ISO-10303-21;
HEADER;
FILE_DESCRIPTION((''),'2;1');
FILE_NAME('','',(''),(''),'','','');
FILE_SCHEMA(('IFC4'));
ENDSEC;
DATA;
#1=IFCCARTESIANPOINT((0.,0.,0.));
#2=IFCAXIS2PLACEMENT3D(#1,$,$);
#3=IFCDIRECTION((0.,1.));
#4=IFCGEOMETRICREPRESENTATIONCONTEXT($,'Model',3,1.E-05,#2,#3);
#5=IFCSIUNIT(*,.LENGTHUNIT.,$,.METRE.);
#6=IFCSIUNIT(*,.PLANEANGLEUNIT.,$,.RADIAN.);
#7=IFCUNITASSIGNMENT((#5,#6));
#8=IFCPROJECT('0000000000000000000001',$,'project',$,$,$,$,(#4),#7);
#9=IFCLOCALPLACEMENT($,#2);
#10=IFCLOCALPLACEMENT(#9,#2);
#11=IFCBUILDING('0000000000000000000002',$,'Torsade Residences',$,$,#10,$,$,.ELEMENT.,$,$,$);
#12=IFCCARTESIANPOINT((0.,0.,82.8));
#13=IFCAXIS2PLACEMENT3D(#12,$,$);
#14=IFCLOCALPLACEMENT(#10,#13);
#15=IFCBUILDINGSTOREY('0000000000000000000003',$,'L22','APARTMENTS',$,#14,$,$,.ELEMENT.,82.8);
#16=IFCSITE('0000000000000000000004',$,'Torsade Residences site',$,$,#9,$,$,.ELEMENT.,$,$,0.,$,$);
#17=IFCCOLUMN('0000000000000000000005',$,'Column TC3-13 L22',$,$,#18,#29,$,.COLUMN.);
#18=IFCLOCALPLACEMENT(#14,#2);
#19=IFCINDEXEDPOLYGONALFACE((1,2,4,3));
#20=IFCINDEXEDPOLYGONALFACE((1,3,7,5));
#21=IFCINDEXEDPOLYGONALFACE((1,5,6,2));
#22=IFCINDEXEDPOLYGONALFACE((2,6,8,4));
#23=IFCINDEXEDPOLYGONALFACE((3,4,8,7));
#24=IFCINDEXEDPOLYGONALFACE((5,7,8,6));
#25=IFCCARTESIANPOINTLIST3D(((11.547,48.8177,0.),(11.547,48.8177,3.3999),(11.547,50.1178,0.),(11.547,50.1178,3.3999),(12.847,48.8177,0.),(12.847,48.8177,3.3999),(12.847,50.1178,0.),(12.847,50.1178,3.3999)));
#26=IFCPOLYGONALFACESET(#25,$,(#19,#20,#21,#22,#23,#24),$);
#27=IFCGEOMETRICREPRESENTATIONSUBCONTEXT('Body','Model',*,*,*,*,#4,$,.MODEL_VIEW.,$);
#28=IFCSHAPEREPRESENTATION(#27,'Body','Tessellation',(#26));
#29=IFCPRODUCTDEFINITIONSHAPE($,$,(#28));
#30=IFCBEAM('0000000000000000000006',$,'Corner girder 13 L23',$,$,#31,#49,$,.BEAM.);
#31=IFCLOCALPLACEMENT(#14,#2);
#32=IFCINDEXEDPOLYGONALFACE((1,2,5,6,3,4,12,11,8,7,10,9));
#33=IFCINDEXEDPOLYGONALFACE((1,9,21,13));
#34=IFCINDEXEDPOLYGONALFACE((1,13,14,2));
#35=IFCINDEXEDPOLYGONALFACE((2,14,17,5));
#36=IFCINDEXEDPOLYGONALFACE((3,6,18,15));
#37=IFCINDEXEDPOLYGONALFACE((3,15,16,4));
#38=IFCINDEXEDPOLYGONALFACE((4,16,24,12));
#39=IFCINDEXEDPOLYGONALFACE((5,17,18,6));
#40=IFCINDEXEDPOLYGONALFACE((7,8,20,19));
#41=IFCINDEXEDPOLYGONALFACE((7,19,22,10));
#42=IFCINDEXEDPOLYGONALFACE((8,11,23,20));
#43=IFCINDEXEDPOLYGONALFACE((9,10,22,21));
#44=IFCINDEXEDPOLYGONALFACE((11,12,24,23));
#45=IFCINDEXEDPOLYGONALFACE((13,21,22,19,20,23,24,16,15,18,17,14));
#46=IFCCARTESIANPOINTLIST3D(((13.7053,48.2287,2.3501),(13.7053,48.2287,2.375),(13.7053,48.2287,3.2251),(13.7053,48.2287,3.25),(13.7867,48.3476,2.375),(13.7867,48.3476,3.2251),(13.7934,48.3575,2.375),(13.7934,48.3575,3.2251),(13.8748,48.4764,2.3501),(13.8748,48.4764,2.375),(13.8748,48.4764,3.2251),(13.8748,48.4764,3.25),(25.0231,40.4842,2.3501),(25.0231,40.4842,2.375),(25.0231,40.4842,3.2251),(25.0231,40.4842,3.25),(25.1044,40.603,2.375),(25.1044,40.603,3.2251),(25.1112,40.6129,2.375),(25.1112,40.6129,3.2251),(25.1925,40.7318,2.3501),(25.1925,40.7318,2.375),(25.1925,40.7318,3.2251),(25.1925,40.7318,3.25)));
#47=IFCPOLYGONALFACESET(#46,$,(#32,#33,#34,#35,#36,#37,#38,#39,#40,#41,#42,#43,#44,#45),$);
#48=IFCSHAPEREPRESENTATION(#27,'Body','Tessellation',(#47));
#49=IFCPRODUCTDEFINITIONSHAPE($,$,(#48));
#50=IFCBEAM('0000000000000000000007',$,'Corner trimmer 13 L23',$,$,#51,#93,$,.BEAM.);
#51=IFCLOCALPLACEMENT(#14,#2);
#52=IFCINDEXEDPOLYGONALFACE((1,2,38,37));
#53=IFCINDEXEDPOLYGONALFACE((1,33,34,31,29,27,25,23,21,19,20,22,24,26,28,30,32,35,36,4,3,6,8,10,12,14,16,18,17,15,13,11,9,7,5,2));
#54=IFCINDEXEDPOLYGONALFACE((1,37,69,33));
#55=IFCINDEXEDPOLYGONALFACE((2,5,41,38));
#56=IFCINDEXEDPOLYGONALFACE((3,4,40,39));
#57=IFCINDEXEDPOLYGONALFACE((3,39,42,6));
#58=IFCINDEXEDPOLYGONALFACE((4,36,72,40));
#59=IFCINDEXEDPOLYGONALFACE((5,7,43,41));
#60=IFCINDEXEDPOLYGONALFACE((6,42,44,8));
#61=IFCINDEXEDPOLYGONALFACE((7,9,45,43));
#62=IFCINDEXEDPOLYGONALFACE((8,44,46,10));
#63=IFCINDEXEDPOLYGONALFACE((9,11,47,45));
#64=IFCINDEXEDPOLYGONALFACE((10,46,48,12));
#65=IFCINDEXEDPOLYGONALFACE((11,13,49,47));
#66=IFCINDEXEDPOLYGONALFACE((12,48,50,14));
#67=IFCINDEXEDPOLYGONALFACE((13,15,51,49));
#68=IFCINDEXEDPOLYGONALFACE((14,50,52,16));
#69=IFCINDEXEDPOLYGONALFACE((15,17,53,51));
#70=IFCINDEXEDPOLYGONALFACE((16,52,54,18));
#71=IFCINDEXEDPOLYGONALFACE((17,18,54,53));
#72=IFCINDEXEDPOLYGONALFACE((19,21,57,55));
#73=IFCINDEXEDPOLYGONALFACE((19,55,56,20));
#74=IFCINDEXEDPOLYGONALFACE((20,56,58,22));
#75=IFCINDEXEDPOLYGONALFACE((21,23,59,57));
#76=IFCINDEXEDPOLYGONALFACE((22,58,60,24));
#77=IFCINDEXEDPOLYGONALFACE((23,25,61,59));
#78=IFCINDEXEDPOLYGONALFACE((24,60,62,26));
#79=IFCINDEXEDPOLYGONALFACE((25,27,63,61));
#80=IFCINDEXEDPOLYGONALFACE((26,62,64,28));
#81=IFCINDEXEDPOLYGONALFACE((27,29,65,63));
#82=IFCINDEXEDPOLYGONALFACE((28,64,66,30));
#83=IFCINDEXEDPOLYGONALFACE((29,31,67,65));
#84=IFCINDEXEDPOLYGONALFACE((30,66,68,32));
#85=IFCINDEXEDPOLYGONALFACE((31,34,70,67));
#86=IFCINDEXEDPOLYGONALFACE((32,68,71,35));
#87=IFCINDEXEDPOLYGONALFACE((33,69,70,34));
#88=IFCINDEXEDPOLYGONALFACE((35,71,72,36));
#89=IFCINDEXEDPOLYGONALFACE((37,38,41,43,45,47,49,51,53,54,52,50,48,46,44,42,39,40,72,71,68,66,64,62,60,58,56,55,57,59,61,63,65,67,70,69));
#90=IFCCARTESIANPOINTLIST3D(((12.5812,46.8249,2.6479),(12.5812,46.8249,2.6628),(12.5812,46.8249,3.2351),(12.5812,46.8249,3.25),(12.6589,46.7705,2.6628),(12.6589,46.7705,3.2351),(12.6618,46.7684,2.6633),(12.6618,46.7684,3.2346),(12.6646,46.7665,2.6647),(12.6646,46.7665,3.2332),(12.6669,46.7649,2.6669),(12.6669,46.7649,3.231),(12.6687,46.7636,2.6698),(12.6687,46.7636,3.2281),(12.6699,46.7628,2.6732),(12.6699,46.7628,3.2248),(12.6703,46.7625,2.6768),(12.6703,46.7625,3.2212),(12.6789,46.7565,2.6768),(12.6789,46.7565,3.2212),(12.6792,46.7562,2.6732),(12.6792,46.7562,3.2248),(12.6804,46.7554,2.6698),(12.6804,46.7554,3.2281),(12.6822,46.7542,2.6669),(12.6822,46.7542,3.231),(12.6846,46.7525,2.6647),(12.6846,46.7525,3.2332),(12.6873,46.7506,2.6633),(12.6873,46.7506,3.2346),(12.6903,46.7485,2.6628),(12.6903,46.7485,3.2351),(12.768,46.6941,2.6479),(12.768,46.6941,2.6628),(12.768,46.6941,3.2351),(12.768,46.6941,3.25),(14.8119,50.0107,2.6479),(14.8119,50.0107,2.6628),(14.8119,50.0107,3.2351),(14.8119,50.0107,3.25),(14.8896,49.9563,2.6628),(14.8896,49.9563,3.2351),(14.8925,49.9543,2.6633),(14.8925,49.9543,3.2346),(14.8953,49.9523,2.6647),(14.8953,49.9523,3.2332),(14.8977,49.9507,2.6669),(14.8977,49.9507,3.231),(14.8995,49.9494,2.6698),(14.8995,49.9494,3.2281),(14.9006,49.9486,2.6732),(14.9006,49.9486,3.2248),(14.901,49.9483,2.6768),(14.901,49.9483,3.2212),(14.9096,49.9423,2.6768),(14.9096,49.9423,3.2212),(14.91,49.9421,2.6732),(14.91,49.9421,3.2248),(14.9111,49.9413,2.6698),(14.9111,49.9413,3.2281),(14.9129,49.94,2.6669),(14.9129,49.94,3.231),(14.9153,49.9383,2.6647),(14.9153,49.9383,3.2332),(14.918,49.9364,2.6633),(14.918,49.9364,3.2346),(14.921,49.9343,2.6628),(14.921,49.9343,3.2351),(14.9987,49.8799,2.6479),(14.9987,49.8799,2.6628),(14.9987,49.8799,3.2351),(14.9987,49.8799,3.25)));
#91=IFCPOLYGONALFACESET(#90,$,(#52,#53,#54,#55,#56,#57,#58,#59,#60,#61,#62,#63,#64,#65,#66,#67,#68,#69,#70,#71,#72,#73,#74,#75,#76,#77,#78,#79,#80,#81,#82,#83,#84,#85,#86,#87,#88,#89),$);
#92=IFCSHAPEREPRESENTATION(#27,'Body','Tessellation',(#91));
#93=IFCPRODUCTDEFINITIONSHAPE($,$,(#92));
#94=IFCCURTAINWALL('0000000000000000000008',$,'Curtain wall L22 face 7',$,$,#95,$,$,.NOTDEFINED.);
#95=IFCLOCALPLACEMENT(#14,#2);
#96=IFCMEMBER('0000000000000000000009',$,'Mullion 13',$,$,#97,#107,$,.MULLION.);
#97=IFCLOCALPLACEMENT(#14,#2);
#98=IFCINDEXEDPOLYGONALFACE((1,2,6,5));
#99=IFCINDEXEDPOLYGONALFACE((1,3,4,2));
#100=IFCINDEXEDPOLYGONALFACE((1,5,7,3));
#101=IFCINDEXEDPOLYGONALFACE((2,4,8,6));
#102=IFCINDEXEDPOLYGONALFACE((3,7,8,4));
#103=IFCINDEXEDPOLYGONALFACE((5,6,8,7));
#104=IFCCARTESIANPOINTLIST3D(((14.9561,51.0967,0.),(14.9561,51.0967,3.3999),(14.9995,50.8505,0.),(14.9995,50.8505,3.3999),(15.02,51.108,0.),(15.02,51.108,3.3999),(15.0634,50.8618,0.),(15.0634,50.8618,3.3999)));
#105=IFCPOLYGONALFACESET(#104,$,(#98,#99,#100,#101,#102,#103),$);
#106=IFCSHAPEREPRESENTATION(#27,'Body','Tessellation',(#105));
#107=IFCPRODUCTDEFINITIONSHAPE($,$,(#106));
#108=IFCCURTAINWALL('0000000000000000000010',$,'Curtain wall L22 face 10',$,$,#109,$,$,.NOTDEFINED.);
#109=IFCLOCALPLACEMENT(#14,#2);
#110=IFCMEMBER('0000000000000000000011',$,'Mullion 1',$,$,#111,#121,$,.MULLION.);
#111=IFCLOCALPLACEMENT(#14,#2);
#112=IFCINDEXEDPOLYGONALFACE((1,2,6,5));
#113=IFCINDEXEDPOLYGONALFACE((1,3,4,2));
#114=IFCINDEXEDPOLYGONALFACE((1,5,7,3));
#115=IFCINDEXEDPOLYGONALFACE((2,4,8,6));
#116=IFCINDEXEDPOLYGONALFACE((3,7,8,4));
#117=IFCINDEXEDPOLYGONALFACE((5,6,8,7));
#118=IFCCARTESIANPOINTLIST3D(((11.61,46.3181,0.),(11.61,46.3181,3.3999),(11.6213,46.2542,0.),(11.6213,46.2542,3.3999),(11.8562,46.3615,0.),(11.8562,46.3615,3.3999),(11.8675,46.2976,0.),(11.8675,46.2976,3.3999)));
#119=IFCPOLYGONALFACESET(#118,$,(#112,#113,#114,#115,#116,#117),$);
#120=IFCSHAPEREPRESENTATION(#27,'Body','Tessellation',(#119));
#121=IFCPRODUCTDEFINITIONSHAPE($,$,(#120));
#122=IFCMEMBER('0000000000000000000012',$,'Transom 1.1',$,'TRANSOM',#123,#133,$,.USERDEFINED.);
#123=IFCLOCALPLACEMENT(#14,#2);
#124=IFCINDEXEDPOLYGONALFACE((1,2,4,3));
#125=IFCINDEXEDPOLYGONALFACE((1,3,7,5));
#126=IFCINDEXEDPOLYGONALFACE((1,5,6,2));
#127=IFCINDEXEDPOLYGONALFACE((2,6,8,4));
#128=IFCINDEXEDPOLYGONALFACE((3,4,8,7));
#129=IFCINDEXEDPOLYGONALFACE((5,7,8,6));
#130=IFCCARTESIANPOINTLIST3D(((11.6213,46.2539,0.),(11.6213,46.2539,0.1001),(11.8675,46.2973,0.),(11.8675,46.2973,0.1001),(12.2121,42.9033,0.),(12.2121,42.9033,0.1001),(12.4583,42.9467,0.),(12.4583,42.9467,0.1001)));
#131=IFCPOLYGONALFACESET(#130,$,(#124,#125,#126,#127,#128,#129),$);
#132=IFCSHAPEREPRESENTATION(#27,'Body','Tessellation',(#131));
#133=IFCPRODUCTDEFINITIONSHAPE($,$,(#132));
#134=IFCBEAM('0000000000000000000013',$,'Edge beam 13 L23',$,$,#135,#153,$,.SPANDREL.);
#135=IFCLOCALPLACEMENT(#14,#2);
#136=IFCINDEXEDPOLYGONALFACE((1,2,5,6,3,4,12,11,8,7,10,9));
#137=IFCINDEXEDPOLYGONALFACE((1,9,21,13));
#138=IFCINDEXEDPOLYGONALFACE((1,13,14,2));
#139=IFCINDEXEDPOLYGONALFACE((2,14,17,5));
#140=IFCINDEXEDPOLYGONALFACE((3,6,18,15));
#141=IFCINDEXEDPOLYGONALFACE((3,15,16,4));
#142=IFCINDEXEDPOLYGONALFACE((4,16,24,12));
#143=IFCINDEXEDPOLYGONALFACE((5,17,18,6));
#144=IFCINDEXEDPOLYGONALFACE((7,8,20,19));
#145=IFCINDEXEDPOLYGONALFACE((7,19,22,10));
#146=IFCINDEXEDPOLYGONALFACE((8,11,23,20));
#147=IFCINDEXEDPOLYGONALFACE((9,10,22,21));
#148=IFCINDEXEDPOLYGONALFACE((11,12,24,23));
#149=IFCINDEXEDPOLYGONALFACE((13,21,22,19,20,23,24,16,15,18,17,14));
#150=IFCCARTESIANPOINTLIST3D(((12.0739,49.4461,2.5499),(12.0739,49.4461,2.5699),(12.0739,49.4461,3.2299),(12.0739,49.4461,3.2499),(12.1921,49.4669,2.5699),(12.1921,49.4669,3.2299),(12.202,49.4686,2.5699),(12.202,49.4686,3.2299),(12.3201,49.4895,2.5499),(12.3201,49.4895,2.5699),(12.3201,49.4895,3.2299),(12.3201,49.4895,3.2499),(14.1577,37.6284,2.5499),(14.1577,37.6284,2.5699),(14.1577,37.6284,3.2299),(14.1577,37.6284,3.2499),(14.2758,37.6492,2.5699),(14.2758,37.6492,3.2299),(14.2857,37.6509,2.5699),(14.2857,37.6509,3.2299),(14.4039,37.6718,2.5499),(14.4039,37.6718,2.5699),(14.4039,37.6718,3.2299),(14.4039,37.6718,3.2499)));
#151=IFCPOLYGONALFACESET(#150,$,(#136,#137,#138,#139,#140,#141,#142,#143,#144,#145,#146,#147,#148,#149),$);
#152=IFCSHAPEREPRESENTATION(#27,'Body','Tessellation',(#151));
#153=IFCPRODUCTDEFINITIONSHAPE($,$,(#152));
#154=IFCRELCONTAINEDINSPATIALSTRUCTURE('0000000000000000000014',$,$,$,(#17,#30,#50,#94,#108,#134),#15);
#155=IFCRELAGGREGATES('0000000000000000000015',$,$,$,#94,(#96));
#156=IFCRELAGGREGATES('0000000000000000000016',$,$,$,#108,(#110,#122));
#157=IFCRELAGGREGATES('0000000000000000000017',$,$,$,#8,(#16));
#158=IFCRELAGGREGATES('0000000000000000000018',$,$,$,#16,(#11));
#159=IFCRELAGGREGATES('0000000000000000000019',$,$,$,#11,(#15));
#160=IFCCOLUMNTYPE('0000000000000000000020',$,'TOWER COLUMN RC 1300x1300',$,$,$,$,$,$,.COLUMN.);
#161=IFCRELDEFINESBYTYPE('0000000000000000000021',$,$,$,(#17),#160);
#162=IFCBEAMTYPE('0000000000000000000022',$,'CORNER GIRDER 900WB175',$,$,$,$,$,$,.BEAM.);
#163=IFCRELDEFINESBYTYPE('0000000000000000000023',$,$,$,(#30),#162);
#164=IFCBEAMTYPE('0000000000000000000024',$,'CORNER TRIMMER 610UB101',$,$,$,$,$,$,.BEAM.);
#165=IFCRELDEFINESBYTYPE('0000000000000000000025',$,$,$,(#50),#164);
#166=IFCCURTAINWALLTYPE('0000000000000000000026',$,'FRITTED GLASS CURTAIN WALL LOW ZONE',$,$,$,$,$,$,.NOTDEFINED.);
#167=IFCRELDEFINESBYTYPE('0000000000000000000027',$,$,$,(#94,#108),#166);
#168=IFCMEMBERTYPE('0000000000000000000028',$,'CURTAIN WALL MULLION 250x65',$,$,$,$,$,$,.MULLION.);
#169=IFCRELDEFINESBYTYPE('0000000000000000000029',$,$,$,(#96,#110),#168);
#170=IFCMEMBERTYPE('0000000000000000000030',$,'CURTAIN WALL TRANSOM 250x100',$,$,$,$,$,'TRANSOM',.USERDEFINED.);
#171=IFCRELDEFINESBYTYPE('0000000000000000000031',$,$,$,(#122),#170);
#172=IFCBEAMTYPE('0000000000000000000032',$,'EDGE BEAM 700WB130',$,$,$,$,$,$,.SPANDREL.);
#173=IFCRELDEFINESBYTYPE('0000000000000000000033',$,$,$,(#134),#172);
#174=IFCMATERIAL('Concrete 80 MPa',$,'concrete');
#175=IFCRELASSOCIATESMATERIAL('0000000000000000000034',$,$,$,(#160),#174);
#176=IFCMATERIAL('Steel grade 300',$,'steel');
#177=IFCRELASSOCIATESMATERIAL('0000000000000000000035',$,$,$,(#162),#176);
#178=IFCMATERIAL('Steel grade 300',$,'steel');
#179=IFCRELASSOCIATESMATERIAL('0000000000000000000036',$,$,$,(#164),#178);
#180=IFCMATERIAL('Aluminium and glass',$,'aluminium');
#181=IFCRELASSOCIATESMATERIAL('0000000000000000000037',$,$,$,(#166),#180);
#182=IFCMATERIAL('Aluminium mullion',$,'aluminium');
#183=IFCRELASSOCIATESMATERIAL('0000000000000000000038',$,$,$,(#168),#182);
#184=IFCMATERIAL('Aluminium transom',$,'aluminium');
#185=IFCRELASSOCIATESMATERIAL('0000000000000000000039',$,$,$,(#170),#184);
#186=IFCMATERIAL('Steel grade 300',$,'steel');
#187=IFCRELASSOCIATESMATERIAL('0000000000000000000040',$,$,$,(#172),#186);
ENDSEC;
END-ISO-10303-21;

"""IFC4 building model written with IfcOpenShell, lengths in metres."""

from ifc_helpers import new_model, si_unit, direction, frame, origin, origin_2d, place, context, subcontext, project, spatial, rectangle, i_section, extrude, material, material_profile, profile_set, type_object, element, aggregate, save


model = new_model("IFC4")

# Units and contexts
model_context = context("Model", 3, precision=1e-05, world=origin(), true_north=direction((0.0, 1.0)))
body_context = subcontext(model_context, "Body", "Model", "MODEL_VIEW")
ifc_project = project(units=[si_unit("LENGTHUNIT", "METRE"), si_unit("PLANEANGLEUNIT", "RADIAN")], contexts=[model_context])

# Site, building, storey
site_placement = place(None, origin())
site = spatial("IfcSite", under=ifc_project, at=site_placement, Name="Torsade Residences site", CompositionType="ELEMENT", RefElevation=0.0)
building_placement = place(site_placement, origin())
building = spatial("IfcBuilding", under=site, at=building_placement, Name="Torsade Residences", CompositionType="ELEMENT")
storey_placement = place(building_placement, frame((0.0, 0.0, 82.8)))
storey = spatial("IfcBuildingStorey", under=building, at=storey_placement, Name="L22", Description="APARTMENTS", CompositionType="ELEMENT", Elevation=82.8)

# Column
ifc_material_1 = material(Name="Concrete 80 MPa", Category="concrete")
ifc_material_profile_1 = material_profile(ifc_material_1, rectangle(XDim=1.3, YDim=1.3, at=origin_2d()), Name="RC 1300x1300")
ifc_profile_set_1 = profile_set([ifc_material_profile_1], Name="Concrete 80 MPa")
column_type = type_object("IfcColumnType", Name="TOWER COLUMN RC 1300x1300", PredefinedType="COLUMN", material=ifc_profile_set_1)
column_placement = place(storey_placement, frame((12.197, 49.4678, 0.0), z_axis=(0.0, 0.0, 1.0), x_axis=(1.0, 0.0, 0.0)))
element("IfcColumn", 1, at=column_placement, inside=storey, type_object=column_type, Name="Column TC3-13 L22", PredefinedType="COLUMN", context=body_context, shape_type="SweptSolid", body=[
    extrude(rectangle(XDim=1.3, YDim=1.3, at=origin_2d()), origin(), (0.0, 0.0, 1.0), 3.3999),
])

# Beams
ifc_material_2 = material(Name="Steel grade 300", Category="steel")
ifc_material_profile_2 = material_profile(ifc_material_2, i_section(OverallWidth=0.3, OverallDepth=0.8999, WebThickness=0.012, FlangeThickness=0.0249, at=origin_2d()), Name="900WB175")
ifc_profile_set_2 = profile_set([ifc_material_profile_2], Name="Steel grade 300")
beam_type_1 = type_object("IfcBeamType", Name="CORNER GIRDER 900WB175", PredefinedType="BEAM", material=ifc_profile_set_2)
beam_1_placement = place(storey_placement, frame((13.79, 48.3525, 2.8), z_axis=(0.825279, -0.564725, 0.0), x_axis=(0.564725, 0.825279, 0.0)))
element("IfcBeam", 2, at=beam_1_placement, inside=storey, type_object=beam_type_1, Name="Corner girder 13 L23", PredefinedType="BEAM", context=body_context, shape_type="SweptSolid", body=[
    extrude(i_section(OverallWidth=0.3, OverallDepth=0.8999, WebThickness=0.012, FlangeThickness=0.0249, at=origin_2d()), origin(), (0.0, 0.0, 1.0), 13.7139),
])
ifc_material_3 = material(Name="Steel grade 300", Category="steel")
ifc_material_profile_3 = material_profile(ifc_material_3, i_section(OverallWidth=0.228, OverallDepth=0.6021, WebThickness=0.0105, FlangeThickness=0.0149, FilletRadius=0.0139, at=origin_2d()), Name="610UB101")
ifc_profile_set_3 = profile_set([ifc_material_profile_3], Name="Steel grade 300")
beam_type_2 = type_object("IfcBeamType", Name="CORNER TRIMMER 610UB101", PredefinedType="BEAM", material=ifc_profile_set_3)
beam_2_placement = place(storey_placement, frame((12.6746, 46.7595, 2.949), z_axis=(0.573576, 0.819152, 0.0), x_axis=(-0.819152, 0.573576, 0.0)))
element("IfcBeam", 3, at=beam_2_placement, inside=storey, type_object=beam_type_2, Name="Corner trimmer 13 L23", PredefinedType="BEAM", context=body_context, shape_type="SweptSolid", body=[
    extrude(i_section(OverallWidth=0.228, OverallDepth=0.6021, WebThickness=0.0105, FlangeThickness=0.0149, FilletRadius=0.0139, at=origin_2d()), origin(), (0.0, 0.0, 1.0), 3.8892),
])

# Curtain wall, member
ifc_material_4 = material(Name="Aluminium and glass", Category="aluminium")
curtain_wall_type = type_object("IfcCurtainWallType", Name="FRITTED GLASS CURTAIN WALL LOW ZONE", PredefinedType="NOTDEFINED", material=ifc_material_4)
curtain_wall_1_placement = place(storey_placement, origin())
curtain_wall_1 = element("IfcCurtainWall", 4, at=curtain_wall_1_placement, inside=storey, type_object=curtain_wall_type, Name="Curtain wall L22 face 7", PredefinedType="NOTDEFINED")
ifc_material_5 = material(Name="Aluminium mullion", Category="aluminium")
ifc_material_profile_4 = material_profile(ifc_material_5, rectangle(XDim=0.25, YDim=0.0649, at=origin_2d()), Name="CURTAIN WALL MULLION 250x65")
ifc_profile_set_4 = profile_set([ifc_material_profile_4], Name="Aluminium mullion")
member_type_1 = type_object("IfcMemberType", Name="CURTAIN WALL MULLION 250x65", PredefinedType="MULLION", material=ifc_profile_set_4)
member_1_placement = place(storey_placement, frame((15.0098, 50.9792, 0.0), z_axis=(0.0, 0.0, 1.0), x_axis=(0.173648, -0.984808, 0.0)))
member_1 = element("IfcMember", 5, at=member_1_placement, type_object=member_type_1, Name="Mullion 13", PredefinedType="MULLION", context=body_context, shape_type="SweptSolid", body=[
    extrude(rectangle(XDim=0.25, YDim=0.0649, at=origin_2d()), origin(), (0.0, 0.0, 1.0), 3.3999),
])
aggregate(curtain_wall_1, [member_1])

# Curtain wall, members
curtain_wall_2_placement = place(storey_placement, origin())
curtain_wall_2 = element("IfcCurtainWall", 6, at=curtain_wall_2_placement, inside=storey, type_object=curtain_wall_type, Name="Curtain wall L22 face 10", PredefinedType="NOTDEFINED")
member_2_placement = place(storey_placement, frame((11.7388, 46.3079, 0.0), z_axis=(0.0, 0.0, 1.0), x_axis=(0.984808, 0.173648, 0.0)))
member_2 = element("IfcMember", 7, at=member_2_placement, type_object=member_type_1, Name="Mullion 1", PredefinedType="MULLION", context=body_context, shape_type="SweptSolid", body=[
    extrude(rectangle(XDim=0.25, YDim=0.0649, at=origin_2d()), origin(), (0.0, 0.0, 1.0), 3.3999),
])
ifc_material_6 = material(Name="Aluminium transom", Category="aluminium")
ifc_material_profile_5 = material_profile(ifc_material_6, rectangle(XDim=0.25, YDim=0.1001, at=origin_2d()), Name="CURTAIN WALL TRANSOM 250x100")
ifc_profile_set_5 = profile_set([ifc_material_profile_5], Name="Aluminium transom")
member_type_2 = type_object("IfcMemberType", Name="CURTAIN WALL TRANSOM 250x100", ElementType="TRANSOM", PredefinedType="USERDEFINED", material=ifc_profile_set_5)
member_3_placement = place(storey_placement, frame((11.7444, 46.2756, 0.05), z_axis=(0.173654, -0.984807, 0.0), x_axis=(0.984807, 0.173654, 0.0)))
member_3 = element("IfcMember", 8, at=member_3_placement, type_object=member_type_2, Name="Transom 1.1", ObjectType="TRANSOM", PredefinedType="USERDEFINED", context=body_context, shape_type="SweptSolid", body=[
    extrude(rectangle(XDim=0.25, YDim=0.1001, at=origin_2d()), origin(), (0.0, 0.0, 1.0), 3.4023),
])

# Beam
ifc_material_7 = material(Name="Steel grade 300", Category="steel")
ifc_material_profile_6 = material_profile(ifc_material_7, i_section(OverallWidth=0.25, OverallDepth=0.7, WebThickness=0.01, FlangeThickness=0.02, at=origin_2d()), Name="700WB130")
ifc_profile_set_6 = profile_set([ifc_material_profile_6], Name="Steel grade 300")
beam_type_3 = type_object("IfcBeamType", Name="EDGE BEAM 700WB130", PredefinedType="SPANDREL", material=ifc_profile_set_6)
beam_3_placement = place(storey_placement, frame((12.197, 49.4678, 2.8999), z_axis=(0.173646, -0.984808, 0.0), x_axis=(0.984808, 0.173646, 0.0)))
element("IfcBeam", 9, at=beam_3_placement, inside=storey, type_object=beam_type_3, Name="Edge beam 13 L23", PredefinedType="SPANDREL", context=body_context, shape_type="SweptSolid", body=[
    extrude(i_section(OverallWidth=0.25, OverallDepth=0.7, WebThickness=0.01, FlangeThickness=0.02, at=origin_2d()), origin(), (0.0, 0.0, 1.0), 12.0),
])

aggregate(curtain_wall_2, [member_2, member_3])

save(model, "model.ifc")
